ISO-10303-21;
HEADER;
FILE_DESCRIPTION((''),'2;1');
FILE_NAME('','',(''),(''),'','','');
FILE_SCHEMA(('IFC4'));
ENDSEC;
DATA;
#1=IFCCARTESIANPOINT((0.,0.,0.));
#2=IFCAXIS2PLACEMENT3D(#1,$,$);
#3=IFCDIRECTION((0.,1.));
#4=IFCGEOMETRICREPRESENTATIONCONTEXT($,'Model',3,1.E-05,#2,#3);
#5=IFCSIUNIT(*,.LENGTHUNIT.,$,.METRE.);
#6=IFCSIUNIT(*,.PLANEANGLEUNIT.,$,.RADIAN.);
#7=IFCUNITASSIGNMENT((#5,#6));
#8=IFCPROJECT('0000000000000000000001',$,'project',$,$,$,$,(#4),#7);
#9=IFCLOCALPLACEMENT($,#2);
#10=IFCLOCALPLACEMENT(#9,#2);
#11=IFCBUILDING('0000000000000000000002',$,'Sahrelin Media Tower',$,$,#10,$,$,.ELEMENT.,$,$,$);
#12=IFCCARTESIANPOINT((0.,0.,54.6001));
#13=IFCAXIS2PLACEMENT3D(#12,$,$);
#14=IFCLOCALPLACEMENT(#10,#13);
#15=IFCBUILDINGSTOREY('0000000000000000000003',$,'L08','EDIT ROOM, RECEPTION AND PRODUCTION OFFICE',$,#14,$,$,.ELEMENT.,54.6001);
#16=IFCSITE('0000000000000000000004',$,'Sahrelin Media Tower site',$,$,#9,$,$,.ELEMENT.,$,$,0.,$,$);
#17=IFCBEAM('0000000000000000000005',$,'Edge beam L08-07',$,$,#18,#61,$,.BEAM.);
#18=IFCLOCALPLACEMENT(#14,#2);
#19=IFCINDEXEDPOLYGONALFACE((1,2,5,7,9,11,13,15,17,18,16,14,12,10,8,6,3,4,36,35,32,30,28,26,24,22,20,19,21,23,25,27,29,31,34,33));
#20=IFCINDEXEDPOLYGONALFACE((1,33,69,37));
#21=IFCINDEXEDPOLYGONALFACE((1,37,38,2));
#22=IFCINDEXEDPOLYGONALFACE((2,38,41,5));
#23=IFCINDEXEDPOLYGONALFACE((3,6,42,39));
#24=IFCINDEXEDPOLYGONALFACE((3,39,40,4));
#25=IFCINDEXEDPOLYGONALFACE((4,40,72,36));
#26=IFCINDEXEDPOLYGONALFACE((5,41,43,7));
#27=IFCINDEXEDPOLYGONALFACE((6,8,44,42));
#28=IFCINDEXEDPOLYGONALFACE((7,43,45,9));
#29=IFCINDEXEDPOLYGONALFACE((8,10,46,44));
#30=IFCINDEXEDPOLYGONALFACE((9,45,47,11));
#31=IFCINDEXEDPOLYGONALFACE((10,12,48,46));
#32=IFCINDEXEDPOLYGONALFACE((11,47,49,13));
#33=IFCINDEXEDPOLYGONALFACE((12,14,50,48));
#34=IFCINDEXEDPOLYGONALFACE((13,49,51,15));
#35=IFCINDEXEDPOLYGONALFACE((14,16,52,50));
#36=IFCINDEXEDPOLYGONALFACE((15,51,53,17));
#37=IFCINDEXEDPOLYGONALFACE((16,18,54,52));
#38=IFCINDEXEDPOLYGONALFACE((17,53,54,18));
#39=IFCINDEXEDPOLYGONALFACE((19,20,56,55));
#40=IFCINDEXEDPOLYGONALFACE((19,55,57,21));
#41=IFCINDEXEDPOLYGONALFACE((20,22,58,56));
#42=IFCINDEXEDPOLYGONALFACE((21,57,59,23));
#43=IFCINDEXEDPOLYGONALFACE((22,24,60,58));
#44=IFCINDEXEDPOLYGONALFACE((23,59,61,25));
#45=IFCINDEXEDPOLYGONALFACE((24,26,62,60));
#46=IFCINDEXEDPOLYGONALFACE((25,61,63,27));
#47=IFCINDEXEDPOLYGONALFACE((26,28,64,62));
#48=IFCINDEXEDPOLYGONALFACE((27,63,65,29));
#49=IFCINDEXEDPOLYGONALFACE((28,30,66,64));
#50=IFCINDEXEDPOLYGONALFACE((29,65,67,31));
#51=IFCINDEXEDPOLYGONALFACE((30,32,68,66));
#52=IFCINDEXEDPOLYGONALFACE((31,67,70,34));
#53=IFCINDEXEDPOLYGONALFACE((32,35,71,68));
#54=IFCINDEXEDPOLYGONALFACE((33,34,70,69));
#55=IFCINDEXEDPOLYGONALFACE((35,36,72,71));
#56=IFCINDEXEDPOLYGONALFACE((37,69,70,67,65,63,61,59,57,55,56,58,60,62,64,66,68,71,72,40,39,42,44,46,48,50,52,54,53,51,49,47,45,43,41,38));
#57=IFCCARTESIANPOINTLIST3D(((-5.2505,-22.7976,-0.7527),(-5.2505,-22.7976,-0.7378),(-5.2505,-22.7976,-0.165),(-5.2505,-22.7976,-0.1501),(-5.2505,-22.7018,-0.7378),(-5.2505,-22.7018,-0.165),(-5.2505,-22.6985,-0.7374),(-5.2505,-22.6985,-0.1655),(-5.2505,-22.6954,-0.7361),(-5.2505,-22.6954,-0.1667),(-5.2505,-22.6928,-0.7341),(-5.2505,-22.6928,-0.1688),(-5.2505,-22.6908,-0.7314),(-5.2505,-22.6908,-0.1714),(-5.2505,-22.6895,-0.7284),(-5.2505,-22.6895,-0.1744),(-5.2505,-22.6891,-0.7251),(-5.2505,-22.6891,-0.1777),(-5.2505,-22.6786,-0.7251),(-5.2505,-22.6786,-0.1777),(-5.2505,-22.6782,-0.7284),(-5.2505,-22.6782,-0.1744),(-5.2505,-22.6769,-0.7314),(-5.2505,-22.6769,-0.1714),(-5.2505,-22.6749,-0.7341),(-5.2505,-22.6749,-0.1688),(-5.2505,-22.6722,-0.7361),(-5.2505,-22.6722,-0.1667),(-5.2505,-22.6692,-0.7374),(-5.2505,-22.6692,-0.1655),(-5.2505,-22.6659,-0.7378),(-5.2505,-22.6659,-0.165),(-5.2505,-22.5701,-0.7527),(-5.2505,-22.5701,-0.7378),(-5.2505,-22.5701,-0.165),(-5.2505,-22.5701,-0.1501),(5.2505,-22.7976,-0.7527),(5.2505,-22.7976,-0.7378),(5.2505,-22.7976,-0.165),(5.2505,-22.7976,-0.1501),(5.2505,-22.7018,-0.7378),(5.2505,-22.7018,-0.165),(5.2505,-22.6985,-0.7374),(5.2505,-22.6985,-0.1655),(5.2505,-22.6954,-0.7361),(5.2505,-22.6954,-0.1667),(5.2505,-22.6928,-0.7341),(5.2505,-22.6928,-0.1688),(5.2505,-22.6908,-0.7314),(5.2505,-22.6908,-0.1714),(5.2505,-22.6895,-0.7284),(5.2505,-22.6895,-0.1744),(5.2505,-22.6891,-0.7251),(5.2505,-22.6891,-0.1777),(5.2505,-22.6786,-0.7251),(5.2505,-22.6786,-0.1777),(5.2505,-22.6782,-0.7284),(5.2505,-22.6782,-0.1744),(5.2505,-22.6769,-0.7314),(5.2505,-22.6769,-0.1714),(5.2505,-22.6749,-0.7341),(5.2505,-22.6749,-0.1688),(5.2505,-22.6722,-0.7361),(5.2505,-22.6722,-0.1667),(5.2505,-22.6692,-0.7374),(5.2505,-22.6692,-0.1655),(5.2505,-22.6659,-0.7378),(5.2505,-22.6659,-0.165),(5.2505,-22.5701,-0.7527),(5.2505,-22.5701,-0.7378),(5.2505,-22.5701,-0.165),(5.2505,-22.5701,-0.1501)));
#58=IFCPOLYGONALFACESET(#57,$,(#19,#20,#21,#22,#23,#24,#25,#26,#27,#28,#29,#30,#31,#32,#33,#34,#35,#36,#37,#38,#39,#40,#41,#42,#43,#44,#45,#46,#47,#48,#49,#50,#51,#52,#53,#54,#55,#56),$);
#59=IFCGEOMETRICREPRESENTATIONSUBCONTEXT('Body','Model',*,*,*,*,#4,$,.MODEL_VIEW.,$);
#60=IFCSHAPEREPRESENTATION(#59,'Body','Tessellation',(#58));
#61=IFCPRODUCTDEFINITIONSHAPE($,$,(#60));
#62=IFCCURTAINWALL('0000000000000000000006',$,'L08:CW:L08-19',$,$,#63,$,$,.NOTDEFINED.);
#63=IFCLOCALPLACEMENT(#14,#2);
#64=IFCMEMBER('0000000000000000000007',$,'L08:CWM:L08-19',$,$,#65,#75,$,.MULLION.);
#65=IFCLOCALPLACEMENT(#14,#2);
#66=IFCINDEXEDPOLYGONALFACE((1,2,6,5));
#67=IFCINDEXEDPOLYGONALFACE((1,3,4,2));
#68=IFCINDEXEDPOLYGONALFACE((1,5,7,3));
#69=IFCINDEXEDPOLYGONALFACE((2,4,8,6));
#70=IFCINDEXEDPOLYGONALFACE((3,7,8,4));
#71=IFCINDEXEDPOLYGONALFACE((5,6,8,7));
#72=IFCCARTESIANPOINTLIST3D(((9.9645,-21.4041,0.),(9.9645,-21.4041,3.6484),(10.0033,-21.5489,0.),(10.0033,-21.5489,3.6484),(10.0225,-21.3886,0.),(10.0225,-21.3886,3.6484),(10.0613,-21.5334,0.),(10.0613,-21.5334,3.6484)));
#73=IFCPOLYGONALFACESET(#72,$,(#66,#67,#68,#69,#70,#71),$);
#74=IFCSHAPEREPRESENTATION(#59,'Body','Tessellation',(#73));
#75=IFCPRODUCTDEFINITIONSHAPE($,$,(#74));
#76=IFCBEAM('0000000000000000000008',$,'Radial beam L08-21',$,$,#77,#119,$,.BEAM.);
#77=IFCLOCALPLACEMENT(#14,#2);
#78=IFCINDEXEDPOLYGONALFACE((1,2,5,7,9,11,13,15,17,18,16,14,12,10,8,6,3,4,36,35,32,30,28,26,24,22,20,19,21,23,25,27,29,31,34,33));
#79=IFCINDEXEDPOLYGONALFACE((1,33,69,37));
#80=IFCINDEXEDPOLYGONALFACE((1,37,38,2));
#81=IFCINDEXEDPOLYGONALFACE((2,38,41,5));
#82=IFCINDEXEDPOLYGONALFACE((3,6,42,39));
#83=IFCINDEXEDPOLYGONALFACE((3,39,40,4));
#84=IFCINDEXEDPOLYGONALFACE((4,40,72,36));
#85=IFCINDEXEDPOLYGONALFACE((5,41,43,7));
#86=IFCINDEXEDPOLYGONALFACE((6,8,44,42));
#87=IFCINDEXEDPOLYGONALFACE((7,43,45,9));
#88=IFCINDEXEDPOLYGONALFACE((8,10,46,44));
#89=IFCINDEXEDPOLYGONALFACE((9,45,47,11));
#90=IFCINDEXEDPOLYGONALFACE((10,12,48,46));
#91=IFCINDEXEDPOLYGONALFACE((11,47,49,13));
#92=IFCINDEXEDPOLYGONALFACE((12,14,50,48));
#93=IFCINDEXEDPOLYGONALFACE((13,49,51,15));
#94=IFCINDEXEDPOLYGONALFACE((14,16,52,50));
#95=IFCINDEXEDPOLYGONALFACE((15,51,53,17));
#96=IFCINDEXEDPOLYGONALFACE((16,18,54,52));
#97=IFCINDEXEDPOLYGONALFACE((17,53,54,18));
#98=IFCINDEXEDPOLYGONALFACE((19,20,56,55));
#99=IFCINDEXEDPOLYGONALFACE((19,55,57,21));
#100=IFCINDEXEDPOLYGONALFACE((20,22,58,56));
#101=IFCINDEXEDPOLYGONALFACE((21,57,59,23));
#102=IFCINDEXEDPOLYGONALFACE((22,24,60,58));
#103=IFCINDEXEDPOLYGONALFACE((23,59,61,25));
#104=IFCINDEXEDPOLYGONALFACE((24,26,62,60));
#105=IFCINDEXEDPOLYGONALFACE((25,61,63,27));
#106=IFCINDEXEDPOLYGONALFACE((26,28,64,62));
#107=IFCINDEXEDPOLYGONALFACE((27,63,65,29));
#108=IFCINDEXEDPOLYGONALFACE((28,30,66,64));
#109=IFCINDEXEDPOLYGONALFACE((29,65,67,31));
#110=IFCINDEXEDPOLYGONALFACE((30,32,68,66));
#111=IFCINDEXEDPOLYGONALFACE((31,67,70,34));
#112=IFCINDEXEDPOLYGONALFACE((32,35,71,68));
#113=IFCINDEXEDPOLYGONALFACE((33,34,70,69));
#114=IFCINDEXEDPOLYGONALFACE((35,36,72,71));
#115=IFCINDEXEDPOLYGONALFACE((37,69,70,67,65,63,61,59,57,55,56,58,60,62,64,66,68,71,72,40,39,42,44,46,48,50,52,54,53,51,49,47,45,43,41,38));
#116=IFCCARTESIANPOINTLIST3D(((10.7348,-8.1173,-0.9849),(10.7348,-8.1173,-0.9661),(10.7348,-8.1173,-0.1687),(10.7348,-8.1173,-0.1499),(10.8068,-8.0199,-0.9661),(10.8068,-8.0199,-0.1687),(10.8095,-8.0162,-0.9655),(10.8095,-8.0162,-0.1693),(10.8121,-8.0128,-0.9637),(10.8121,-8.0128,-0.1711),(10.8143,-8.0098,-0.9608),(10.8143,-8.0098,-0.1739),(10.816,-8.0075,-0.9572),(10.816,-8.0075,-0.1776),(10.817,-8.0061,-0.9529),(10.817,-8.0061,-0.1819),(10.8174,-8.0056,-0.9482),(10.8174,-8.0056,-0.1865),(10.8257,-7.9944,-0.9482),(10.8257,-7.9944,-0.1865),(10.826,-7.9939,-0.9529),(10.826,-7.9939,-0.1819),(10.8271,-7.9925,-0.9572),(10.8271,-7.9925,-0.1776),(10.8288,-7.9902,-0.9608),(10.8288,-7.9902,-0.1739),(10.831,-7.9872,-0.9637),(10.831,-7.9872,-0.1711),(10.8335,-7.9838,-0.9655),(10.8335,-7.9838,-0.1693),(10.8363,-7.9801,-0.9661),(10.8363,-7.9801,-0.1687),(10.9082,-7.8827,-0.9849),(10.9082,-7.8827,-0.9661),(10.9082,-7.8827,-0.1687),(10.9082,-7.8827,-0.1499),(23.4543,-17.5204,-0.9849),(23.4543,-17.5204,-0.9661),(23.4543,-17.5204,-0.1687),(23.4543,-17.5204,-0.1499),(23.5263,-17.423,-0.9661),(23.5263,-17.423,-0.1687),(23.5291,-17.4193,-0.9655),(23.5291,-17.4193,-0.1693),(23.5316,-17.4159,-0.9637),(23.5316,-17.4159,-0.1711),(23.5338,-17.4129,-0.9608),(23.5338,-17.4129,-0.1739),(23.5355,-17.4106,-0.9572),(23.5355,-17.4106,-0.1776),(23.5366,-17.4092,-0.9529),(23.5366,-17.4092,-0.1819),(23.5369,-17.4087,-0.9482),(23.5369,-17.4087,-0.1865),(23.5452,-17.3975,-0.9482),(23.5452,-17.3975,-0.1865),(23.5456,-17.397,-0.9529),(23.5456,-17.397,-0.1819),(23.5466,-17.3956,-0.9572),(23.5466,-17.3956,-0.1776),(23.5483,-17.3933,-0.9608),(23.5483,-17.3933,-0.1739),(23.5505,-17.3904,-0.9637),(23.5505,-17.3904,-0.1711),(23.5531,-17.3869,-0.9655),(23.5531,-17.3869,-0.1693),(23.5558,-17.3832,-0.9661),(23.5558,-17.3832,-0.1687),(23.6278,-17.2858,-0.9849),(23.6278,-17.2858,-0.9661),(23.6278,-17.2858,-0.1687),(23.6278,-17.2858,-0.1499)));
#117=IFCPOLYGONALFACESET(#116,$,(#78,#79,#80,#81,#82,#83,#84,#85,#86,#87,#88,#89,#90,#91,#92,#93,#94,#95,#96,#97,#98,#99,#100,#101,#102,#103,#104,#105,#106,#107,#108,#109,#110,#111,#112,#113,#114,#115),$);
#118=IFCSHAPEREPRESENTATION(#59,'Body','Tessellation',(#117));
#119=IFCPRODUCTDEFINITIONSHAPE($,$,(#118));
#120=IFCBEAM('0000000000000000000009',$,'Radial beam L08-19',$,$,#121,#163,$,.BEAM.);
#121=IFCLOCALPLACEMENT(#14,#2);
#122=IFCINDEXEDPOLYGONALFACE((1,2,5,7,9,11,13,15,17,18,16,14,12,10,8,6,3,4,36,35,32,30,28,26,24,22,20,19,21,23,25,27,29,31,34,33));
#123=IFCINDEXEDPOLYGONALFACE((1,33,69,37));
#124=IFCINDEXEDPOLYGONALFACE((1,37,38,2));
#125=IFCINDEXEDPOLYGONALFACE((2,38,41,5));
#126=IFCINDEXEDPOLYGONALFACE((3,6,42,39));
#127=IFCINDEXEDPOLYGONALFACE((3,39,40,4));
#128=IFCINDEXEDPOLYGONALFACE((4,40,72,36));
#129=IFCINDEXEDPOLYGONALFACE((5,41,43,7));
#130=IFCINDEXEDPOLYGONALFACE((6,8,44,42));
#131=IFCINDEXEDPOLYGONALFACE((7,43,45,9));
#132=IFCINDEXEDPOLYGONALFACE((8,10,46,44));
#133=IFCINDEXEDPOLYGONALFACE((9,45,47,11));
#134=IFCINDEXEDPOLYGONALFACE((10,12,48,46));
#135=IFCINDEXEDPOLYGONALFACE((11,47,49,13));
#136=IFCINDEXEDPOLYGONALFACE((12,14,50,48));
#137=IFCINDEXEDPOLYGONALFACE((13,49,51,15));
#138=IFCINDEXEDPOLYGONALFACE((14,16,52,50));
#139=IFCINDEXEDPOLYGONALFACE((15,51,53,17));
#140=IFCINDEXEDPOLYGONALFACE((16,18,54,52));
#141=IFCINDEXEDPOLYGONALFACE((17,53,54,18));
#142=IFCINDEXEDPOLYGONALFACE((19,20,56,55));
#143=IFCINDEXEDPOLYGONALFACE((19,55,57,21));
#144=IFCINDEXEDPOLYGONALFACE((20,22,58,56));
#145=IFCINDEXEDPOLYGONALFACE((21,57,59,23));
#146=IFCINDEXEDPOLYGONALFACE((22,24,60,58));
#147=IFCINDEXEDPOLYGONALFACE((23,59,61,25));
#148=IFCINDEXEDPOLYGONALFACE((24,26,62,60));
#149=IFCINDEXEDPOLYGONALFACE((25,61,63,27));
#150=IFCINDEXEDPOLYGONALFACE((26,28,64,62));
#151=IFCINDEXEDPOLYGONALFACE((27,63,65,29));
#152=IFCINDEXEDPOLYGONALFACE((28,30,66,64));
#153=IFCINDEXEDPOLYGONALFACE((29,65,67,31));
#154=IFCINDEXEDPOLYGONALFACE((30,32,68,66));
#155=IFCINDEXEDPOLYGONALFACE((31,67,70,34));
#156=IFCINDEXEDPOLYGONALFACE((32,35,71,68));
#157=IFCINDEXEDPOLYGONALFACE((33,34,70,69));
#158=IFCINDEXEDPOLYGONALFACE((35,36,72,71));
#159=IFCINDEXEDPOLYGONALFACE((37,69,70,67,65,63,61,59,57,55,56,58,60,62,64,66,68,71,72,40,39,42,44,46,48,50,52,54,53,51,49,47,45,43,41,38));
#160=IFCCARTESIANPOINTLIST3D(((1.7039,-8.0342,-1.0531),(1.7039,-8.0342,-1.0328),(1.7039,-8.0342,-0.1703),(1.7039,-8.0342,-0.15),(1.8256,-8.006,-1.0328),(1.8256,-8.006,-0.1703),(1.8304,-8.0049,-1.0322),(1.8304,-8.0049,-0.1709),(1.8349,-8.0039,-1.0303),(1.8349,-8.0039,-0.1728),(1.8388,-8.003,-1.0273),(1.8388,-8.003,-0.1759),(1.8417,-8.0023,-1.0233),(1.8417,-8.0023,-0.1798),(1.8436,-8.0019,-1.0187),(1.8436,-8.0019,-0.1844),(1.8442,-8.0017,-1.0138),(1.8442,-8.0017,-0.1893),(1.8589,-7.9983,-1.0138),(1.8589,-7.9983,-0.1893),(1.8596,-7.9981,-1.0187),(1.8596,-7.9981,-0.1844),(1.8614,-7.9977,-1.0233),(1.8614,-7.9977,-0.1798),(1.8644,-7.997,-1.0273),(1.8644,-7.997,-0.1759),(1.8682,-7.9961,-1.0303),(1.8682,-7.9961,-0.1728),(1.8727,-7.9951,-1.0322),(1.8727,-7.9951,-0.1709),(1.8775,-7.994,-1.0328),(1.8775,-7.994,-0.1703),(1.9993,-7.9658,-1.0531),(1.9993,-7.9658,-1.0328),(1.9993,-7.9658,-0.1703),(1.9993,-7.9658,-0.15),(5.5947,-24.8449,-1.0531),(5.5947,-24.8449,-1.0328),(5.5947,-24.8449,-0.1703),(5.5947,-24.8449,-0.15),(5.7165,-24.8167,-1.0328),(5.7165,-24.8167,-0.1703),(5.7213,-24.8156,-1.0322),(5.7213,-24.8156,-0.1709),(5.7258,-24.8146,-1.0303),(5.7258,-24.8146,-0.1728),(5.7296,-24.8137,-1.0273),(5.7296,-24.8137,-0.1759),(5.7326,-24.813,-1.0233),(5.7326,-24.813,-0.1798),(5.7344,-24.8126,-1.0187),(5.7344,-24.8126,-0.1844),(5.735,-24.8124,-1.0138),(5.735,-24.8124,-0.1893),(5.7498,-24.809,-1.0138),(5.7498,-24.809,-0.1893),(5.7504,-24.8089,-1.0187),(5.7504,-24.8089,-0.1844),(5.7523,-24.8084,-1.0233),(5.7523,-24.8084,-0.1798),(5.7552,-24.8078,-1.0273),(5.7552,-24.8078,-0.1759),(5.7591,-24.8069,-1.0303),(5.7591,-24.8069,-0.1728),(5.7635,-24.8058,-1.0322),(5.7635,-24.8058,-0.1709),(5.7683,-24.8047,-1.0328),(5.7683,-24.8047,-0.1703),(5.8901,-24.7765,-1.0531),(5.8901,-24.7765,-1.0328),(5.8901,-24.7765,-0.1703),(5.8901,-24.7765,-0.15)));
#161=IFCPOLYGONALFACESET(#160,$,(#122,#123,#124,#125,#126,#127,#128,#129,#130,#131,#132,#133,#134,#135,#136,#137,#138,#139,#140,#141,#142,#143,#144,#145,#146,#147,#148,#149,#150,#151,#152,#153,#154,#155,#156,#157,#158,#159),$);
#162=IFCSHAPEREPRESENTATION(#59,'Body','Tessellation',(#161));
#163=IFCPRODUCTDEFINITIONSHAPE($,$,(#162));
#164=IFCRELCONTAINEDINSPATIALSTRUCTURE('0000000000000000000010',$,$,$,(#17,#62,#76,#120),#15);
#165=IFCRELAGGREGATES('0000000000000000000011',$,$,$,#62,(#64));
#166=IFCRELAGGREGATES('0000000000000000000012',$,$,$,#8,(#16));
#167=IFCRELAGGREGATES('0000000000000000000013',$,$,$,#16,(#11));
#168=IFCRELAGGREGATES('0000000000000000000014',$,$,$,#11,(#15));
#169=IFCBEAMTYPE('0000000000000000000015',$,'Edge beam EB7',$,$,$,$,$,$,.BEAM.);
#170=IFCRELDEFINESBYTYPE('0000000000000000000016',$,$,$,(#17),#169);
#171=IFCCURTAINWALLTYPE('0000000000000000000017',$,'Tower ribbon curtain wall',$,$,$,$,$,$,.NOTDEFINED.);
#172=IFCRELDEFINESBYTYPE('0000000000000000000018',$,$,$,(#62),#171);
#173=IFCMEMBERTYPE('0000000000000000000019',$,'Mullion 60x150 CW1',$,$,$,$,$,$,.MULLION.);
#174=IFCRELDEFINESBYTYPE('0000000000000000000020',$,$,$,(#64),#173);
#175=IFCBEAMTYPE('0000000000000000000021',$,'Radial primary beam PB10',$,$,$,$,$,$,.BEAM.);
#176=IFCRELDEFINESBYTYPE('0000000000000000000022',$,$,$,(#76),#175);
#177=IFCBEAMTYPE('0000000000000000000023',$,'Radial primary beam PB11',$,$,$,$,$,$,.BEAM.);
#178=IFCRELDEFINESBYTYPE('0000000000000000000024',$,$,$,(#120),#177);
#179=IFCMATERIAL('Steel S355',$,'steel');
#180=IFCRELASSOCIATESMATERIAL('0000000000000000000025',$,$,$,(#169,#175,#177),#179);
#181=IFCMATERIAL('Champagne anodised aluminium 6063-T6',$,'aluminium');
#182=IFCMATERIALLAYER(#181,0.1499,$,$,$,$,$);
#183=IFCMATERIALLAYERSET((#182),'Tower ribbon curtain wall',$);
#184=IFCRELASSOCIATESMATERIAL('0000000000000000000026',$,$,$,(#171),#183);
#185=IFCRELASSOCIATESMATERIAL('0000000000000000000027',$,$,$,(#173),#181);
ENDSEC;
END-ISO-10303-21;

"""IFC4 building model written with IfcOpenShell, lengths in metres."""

from ifc_helpers import new_model, si_unit, direction, frame, origin, origin_2d, place, context, subcontext, project, spatial, rectangle, i_section, extrude, material, layer, layer_set, material_profile, profile_set, type_object, element, aggregate, save


model = new_model("IFC4")

# Units and contexts
model_context = context("Model", 3, precision=1e-05, world=origin(), true_north=direction((0.0, 1.0)))
body_context = subcontext(model_context, "Body", "Model", "MODEL_VIEW")
ifc_project = project(units=[si_unit("LENGTHUNIT", "METRE"), si_unit("PLANEANGLEUNIT", "RADIAN")], contexts=[model_context])

# Site, building, storey
site_placement = place(None, origin())
site = spatial("IfcSite", under=ifc_project, at=site_placement, Name="Sahrelin Media Tower site", CompositionType="ELEMENT", RefElevation=0.0)
building_placement = place(site_placement, origin())
building = spatial("IfcBuilding", under=site, at=building_placement, Name="Sahrelin Media Tower", CompositionType="ELEMENT")
storey_placement = place(building_placement, frame((0.0, 0.0, 54.6001)))
storey = spatial("IfcBuildingStorey", under=building, at=storey_placement, Name="L08", Description="EDIT ROOM, RECEPTION AND PRODUCTION OFFICE", CompositionType="ELEMENT", Elevation=54.6001)

# Beam
ifc_material_1 = material(Name="Steel S355", Category="steel")
ifc_material_profile_1 = material_profile(ifc_material_1, i_section(OverallWidth=0.2275, OverallDepth=0.6025, WebThickness=0.0105, FlangeThickness=0.0149, FilletRadius=0.0127, at=origin_2d()), Name="UB 610x229x101")
ifc_profile_set_1 = profile_set([ifc_material_profile_1], Name="Steel S355")
beam_type_1 = type_object("IfcBeamType", Name="Edge beam EB7", PredefinedType="BEAM", material=ifc_profile_set_1)
beam_1_placement = place(storey_placement, frame((5.2505, -22.6838, -0.4514), z_axis=(-1.0, 0.0, 0.0), x_axis=(0.0, -1.0, 0.0)))
element("IfcBeam", 1, at=beam_1_placement, inside=storey, type_object=beam_type_1, Name="Edge beam L08-07", PredefinedType="BEAM", context=body_context, shape_type="SweptSolid", body=[
    extrude(i_section(OverallWidth=0.2275, OverallDepth=0.6025, WebThickness=0.0105, FlangeThickness=0.0149, FilletRadius=0.0127, at=origin_2d()), origin(), (0.0, 0.0, 1.0), 10.501),
])

# Curtain wall, member
ifc_material_2 = material(Name="Champagne anodised aluminium 6063-T6", Category="aluminium")
ifc_layer_1 = layer(ifc_material_2, 0.1499)
ifc_layer_set_1 = layer_set([ifc_layer_1], Name="Tower ribbon curtain wall")
curtain_wall_type = type_object("IfcCurtainWallType", Name="Tower ribbon curtain wall", PredefinedType="NOTDEFINED", material=ifc_layer_set_1)
curtain_wall_placement = place(storey_placement, frame((10.0376, -21.5603, 0.0), z_axis=(0.0, 0.0, 1.0), x_axis=(1.0, 0.0, 0.0)))
curtain_wall = element("IfcCurtainWall", 2, at=curtain_wall_placement, inside=storey, type_object=curtain_wall_type, Name="L08:CW:L08-19", PredefinedType="NOTDEFINED")
ifc_material_profile_2 = material_profile(ifc_material_2, rectangle(XDim=0.0601, YDim=0.1499, at=origin_2d()), Name="Mullion 60x150")
ifc_profile_set_2 = profile_set([ifc_material_profile_2], Name="Champagne anodised aluminium 6063-T6")
member_type_1 = type_object("IfcMemberType", Name="Mullion 60x150 CW1", PredefinedType="MULLION", material=ifc_profile_set_2)
member_1_placement = place(storey_placement, frame((10.0129, -21.4688, 0.0), z_axis=(0.0, 0.0, 1.0), x_axis=(0.965926, 0.258817, 0.0)))
member_1 = element("IfcMember", 3, at=member_1_placement, type_object=member_type_1, Name="L08:CWM:L08-19", PredefinedType="MULLION", context=body_context, shape_type="SweptSolid", body=[
    extrude(rectangle(XDim=0.0601, YDim=0.1499, at=origin_2d()), origin(), (0.0, 0.0, 1.0), 3.6484),
])

# Beams
ifc_material_profile_3 = material_profile(ifc_material_1, i_section(OverallWidth=0.2917, OverallDepth=0.835, WebThickness=0.0139, FlangeThickness=0.0188, FilletRadius=0.0178, at=origin_2d()), Name="UB 838x292x176")
ifc_profile_set_3 = profile_set([ifc_material_profile_3], Name="Steel S355")
beam_type_2 = type_object("IfcBeamType", Name="Radial primary beam PB10", PredefinedType="BEAM", material=ifc_profile_set_3)
beam_2_placement = place(storey_placement, frame((10.8215, -8.0, -0.5674), z_axis=(0.804124, -0.594461, 0.0), x_axis=(0.594461, 0.804124, 0.0)))
element("IfcBeam", 4, at=beam_2_placement, inside=storey, type_object=beam_type_2, Name="Radial beam L08-21", PredefinedType="BEAM", context=body_context, shape_type="SweptSolid", body=[
    extrude(i_section(OverallWidth=0.2917, OverallDepth=0.835, WebThickness=0.0139, FlangeThickness=0.0188, FilletRadius=0.0178, at=origin_2d()), origin(), (0.0, 0.0, 1.0), 15.8179),
])
ifc_material_profile_4 = material_profile(ifc_material_1, i_section(OverallWidth=0.3032, OverallDepth=0.9031, WebThickness=0.0151, FlangeThickness=0.0203, FilletRadius=0.019, at=origin_2d()), Name="UB 914x305x201")
ifc_profile_set_4 = profile_set([ifc_material_profile_4], Name="Steel S355")
beam_type_3 = type_object("IfcBeamType", Name="Radial primary beam PB11", PredefinedType="BEAM", material=ifc_profile_set_4)
beam_3_placement = place(storey_placement, frame((1.8516, -8.0, -0.6016), z_axis=(0.22549, -0.974246, 0.0), x_axis=(0.974246, 0.22549, 0.0)))
element("IfcBeam", 5, at=beam_3_placement, inside=storey, type_object=beam_type_3, Name="Radial beam L08-19", PredefinedType="BEAM", context=body_context, shape_type="SweptSolid", body=[
    extrude(i_section(OverallWidth=0.3032, OverallDepth=0.9031, WebThickness=0.0151, FlangeThickness=0.0203, FilletRadius=0.019, at=origin_2d()), origin(), (0.0, 0.0, 1.0), 17.2551),
])

aggregate(curtain_wall, [member_1])

save(model, "model.ifc")
